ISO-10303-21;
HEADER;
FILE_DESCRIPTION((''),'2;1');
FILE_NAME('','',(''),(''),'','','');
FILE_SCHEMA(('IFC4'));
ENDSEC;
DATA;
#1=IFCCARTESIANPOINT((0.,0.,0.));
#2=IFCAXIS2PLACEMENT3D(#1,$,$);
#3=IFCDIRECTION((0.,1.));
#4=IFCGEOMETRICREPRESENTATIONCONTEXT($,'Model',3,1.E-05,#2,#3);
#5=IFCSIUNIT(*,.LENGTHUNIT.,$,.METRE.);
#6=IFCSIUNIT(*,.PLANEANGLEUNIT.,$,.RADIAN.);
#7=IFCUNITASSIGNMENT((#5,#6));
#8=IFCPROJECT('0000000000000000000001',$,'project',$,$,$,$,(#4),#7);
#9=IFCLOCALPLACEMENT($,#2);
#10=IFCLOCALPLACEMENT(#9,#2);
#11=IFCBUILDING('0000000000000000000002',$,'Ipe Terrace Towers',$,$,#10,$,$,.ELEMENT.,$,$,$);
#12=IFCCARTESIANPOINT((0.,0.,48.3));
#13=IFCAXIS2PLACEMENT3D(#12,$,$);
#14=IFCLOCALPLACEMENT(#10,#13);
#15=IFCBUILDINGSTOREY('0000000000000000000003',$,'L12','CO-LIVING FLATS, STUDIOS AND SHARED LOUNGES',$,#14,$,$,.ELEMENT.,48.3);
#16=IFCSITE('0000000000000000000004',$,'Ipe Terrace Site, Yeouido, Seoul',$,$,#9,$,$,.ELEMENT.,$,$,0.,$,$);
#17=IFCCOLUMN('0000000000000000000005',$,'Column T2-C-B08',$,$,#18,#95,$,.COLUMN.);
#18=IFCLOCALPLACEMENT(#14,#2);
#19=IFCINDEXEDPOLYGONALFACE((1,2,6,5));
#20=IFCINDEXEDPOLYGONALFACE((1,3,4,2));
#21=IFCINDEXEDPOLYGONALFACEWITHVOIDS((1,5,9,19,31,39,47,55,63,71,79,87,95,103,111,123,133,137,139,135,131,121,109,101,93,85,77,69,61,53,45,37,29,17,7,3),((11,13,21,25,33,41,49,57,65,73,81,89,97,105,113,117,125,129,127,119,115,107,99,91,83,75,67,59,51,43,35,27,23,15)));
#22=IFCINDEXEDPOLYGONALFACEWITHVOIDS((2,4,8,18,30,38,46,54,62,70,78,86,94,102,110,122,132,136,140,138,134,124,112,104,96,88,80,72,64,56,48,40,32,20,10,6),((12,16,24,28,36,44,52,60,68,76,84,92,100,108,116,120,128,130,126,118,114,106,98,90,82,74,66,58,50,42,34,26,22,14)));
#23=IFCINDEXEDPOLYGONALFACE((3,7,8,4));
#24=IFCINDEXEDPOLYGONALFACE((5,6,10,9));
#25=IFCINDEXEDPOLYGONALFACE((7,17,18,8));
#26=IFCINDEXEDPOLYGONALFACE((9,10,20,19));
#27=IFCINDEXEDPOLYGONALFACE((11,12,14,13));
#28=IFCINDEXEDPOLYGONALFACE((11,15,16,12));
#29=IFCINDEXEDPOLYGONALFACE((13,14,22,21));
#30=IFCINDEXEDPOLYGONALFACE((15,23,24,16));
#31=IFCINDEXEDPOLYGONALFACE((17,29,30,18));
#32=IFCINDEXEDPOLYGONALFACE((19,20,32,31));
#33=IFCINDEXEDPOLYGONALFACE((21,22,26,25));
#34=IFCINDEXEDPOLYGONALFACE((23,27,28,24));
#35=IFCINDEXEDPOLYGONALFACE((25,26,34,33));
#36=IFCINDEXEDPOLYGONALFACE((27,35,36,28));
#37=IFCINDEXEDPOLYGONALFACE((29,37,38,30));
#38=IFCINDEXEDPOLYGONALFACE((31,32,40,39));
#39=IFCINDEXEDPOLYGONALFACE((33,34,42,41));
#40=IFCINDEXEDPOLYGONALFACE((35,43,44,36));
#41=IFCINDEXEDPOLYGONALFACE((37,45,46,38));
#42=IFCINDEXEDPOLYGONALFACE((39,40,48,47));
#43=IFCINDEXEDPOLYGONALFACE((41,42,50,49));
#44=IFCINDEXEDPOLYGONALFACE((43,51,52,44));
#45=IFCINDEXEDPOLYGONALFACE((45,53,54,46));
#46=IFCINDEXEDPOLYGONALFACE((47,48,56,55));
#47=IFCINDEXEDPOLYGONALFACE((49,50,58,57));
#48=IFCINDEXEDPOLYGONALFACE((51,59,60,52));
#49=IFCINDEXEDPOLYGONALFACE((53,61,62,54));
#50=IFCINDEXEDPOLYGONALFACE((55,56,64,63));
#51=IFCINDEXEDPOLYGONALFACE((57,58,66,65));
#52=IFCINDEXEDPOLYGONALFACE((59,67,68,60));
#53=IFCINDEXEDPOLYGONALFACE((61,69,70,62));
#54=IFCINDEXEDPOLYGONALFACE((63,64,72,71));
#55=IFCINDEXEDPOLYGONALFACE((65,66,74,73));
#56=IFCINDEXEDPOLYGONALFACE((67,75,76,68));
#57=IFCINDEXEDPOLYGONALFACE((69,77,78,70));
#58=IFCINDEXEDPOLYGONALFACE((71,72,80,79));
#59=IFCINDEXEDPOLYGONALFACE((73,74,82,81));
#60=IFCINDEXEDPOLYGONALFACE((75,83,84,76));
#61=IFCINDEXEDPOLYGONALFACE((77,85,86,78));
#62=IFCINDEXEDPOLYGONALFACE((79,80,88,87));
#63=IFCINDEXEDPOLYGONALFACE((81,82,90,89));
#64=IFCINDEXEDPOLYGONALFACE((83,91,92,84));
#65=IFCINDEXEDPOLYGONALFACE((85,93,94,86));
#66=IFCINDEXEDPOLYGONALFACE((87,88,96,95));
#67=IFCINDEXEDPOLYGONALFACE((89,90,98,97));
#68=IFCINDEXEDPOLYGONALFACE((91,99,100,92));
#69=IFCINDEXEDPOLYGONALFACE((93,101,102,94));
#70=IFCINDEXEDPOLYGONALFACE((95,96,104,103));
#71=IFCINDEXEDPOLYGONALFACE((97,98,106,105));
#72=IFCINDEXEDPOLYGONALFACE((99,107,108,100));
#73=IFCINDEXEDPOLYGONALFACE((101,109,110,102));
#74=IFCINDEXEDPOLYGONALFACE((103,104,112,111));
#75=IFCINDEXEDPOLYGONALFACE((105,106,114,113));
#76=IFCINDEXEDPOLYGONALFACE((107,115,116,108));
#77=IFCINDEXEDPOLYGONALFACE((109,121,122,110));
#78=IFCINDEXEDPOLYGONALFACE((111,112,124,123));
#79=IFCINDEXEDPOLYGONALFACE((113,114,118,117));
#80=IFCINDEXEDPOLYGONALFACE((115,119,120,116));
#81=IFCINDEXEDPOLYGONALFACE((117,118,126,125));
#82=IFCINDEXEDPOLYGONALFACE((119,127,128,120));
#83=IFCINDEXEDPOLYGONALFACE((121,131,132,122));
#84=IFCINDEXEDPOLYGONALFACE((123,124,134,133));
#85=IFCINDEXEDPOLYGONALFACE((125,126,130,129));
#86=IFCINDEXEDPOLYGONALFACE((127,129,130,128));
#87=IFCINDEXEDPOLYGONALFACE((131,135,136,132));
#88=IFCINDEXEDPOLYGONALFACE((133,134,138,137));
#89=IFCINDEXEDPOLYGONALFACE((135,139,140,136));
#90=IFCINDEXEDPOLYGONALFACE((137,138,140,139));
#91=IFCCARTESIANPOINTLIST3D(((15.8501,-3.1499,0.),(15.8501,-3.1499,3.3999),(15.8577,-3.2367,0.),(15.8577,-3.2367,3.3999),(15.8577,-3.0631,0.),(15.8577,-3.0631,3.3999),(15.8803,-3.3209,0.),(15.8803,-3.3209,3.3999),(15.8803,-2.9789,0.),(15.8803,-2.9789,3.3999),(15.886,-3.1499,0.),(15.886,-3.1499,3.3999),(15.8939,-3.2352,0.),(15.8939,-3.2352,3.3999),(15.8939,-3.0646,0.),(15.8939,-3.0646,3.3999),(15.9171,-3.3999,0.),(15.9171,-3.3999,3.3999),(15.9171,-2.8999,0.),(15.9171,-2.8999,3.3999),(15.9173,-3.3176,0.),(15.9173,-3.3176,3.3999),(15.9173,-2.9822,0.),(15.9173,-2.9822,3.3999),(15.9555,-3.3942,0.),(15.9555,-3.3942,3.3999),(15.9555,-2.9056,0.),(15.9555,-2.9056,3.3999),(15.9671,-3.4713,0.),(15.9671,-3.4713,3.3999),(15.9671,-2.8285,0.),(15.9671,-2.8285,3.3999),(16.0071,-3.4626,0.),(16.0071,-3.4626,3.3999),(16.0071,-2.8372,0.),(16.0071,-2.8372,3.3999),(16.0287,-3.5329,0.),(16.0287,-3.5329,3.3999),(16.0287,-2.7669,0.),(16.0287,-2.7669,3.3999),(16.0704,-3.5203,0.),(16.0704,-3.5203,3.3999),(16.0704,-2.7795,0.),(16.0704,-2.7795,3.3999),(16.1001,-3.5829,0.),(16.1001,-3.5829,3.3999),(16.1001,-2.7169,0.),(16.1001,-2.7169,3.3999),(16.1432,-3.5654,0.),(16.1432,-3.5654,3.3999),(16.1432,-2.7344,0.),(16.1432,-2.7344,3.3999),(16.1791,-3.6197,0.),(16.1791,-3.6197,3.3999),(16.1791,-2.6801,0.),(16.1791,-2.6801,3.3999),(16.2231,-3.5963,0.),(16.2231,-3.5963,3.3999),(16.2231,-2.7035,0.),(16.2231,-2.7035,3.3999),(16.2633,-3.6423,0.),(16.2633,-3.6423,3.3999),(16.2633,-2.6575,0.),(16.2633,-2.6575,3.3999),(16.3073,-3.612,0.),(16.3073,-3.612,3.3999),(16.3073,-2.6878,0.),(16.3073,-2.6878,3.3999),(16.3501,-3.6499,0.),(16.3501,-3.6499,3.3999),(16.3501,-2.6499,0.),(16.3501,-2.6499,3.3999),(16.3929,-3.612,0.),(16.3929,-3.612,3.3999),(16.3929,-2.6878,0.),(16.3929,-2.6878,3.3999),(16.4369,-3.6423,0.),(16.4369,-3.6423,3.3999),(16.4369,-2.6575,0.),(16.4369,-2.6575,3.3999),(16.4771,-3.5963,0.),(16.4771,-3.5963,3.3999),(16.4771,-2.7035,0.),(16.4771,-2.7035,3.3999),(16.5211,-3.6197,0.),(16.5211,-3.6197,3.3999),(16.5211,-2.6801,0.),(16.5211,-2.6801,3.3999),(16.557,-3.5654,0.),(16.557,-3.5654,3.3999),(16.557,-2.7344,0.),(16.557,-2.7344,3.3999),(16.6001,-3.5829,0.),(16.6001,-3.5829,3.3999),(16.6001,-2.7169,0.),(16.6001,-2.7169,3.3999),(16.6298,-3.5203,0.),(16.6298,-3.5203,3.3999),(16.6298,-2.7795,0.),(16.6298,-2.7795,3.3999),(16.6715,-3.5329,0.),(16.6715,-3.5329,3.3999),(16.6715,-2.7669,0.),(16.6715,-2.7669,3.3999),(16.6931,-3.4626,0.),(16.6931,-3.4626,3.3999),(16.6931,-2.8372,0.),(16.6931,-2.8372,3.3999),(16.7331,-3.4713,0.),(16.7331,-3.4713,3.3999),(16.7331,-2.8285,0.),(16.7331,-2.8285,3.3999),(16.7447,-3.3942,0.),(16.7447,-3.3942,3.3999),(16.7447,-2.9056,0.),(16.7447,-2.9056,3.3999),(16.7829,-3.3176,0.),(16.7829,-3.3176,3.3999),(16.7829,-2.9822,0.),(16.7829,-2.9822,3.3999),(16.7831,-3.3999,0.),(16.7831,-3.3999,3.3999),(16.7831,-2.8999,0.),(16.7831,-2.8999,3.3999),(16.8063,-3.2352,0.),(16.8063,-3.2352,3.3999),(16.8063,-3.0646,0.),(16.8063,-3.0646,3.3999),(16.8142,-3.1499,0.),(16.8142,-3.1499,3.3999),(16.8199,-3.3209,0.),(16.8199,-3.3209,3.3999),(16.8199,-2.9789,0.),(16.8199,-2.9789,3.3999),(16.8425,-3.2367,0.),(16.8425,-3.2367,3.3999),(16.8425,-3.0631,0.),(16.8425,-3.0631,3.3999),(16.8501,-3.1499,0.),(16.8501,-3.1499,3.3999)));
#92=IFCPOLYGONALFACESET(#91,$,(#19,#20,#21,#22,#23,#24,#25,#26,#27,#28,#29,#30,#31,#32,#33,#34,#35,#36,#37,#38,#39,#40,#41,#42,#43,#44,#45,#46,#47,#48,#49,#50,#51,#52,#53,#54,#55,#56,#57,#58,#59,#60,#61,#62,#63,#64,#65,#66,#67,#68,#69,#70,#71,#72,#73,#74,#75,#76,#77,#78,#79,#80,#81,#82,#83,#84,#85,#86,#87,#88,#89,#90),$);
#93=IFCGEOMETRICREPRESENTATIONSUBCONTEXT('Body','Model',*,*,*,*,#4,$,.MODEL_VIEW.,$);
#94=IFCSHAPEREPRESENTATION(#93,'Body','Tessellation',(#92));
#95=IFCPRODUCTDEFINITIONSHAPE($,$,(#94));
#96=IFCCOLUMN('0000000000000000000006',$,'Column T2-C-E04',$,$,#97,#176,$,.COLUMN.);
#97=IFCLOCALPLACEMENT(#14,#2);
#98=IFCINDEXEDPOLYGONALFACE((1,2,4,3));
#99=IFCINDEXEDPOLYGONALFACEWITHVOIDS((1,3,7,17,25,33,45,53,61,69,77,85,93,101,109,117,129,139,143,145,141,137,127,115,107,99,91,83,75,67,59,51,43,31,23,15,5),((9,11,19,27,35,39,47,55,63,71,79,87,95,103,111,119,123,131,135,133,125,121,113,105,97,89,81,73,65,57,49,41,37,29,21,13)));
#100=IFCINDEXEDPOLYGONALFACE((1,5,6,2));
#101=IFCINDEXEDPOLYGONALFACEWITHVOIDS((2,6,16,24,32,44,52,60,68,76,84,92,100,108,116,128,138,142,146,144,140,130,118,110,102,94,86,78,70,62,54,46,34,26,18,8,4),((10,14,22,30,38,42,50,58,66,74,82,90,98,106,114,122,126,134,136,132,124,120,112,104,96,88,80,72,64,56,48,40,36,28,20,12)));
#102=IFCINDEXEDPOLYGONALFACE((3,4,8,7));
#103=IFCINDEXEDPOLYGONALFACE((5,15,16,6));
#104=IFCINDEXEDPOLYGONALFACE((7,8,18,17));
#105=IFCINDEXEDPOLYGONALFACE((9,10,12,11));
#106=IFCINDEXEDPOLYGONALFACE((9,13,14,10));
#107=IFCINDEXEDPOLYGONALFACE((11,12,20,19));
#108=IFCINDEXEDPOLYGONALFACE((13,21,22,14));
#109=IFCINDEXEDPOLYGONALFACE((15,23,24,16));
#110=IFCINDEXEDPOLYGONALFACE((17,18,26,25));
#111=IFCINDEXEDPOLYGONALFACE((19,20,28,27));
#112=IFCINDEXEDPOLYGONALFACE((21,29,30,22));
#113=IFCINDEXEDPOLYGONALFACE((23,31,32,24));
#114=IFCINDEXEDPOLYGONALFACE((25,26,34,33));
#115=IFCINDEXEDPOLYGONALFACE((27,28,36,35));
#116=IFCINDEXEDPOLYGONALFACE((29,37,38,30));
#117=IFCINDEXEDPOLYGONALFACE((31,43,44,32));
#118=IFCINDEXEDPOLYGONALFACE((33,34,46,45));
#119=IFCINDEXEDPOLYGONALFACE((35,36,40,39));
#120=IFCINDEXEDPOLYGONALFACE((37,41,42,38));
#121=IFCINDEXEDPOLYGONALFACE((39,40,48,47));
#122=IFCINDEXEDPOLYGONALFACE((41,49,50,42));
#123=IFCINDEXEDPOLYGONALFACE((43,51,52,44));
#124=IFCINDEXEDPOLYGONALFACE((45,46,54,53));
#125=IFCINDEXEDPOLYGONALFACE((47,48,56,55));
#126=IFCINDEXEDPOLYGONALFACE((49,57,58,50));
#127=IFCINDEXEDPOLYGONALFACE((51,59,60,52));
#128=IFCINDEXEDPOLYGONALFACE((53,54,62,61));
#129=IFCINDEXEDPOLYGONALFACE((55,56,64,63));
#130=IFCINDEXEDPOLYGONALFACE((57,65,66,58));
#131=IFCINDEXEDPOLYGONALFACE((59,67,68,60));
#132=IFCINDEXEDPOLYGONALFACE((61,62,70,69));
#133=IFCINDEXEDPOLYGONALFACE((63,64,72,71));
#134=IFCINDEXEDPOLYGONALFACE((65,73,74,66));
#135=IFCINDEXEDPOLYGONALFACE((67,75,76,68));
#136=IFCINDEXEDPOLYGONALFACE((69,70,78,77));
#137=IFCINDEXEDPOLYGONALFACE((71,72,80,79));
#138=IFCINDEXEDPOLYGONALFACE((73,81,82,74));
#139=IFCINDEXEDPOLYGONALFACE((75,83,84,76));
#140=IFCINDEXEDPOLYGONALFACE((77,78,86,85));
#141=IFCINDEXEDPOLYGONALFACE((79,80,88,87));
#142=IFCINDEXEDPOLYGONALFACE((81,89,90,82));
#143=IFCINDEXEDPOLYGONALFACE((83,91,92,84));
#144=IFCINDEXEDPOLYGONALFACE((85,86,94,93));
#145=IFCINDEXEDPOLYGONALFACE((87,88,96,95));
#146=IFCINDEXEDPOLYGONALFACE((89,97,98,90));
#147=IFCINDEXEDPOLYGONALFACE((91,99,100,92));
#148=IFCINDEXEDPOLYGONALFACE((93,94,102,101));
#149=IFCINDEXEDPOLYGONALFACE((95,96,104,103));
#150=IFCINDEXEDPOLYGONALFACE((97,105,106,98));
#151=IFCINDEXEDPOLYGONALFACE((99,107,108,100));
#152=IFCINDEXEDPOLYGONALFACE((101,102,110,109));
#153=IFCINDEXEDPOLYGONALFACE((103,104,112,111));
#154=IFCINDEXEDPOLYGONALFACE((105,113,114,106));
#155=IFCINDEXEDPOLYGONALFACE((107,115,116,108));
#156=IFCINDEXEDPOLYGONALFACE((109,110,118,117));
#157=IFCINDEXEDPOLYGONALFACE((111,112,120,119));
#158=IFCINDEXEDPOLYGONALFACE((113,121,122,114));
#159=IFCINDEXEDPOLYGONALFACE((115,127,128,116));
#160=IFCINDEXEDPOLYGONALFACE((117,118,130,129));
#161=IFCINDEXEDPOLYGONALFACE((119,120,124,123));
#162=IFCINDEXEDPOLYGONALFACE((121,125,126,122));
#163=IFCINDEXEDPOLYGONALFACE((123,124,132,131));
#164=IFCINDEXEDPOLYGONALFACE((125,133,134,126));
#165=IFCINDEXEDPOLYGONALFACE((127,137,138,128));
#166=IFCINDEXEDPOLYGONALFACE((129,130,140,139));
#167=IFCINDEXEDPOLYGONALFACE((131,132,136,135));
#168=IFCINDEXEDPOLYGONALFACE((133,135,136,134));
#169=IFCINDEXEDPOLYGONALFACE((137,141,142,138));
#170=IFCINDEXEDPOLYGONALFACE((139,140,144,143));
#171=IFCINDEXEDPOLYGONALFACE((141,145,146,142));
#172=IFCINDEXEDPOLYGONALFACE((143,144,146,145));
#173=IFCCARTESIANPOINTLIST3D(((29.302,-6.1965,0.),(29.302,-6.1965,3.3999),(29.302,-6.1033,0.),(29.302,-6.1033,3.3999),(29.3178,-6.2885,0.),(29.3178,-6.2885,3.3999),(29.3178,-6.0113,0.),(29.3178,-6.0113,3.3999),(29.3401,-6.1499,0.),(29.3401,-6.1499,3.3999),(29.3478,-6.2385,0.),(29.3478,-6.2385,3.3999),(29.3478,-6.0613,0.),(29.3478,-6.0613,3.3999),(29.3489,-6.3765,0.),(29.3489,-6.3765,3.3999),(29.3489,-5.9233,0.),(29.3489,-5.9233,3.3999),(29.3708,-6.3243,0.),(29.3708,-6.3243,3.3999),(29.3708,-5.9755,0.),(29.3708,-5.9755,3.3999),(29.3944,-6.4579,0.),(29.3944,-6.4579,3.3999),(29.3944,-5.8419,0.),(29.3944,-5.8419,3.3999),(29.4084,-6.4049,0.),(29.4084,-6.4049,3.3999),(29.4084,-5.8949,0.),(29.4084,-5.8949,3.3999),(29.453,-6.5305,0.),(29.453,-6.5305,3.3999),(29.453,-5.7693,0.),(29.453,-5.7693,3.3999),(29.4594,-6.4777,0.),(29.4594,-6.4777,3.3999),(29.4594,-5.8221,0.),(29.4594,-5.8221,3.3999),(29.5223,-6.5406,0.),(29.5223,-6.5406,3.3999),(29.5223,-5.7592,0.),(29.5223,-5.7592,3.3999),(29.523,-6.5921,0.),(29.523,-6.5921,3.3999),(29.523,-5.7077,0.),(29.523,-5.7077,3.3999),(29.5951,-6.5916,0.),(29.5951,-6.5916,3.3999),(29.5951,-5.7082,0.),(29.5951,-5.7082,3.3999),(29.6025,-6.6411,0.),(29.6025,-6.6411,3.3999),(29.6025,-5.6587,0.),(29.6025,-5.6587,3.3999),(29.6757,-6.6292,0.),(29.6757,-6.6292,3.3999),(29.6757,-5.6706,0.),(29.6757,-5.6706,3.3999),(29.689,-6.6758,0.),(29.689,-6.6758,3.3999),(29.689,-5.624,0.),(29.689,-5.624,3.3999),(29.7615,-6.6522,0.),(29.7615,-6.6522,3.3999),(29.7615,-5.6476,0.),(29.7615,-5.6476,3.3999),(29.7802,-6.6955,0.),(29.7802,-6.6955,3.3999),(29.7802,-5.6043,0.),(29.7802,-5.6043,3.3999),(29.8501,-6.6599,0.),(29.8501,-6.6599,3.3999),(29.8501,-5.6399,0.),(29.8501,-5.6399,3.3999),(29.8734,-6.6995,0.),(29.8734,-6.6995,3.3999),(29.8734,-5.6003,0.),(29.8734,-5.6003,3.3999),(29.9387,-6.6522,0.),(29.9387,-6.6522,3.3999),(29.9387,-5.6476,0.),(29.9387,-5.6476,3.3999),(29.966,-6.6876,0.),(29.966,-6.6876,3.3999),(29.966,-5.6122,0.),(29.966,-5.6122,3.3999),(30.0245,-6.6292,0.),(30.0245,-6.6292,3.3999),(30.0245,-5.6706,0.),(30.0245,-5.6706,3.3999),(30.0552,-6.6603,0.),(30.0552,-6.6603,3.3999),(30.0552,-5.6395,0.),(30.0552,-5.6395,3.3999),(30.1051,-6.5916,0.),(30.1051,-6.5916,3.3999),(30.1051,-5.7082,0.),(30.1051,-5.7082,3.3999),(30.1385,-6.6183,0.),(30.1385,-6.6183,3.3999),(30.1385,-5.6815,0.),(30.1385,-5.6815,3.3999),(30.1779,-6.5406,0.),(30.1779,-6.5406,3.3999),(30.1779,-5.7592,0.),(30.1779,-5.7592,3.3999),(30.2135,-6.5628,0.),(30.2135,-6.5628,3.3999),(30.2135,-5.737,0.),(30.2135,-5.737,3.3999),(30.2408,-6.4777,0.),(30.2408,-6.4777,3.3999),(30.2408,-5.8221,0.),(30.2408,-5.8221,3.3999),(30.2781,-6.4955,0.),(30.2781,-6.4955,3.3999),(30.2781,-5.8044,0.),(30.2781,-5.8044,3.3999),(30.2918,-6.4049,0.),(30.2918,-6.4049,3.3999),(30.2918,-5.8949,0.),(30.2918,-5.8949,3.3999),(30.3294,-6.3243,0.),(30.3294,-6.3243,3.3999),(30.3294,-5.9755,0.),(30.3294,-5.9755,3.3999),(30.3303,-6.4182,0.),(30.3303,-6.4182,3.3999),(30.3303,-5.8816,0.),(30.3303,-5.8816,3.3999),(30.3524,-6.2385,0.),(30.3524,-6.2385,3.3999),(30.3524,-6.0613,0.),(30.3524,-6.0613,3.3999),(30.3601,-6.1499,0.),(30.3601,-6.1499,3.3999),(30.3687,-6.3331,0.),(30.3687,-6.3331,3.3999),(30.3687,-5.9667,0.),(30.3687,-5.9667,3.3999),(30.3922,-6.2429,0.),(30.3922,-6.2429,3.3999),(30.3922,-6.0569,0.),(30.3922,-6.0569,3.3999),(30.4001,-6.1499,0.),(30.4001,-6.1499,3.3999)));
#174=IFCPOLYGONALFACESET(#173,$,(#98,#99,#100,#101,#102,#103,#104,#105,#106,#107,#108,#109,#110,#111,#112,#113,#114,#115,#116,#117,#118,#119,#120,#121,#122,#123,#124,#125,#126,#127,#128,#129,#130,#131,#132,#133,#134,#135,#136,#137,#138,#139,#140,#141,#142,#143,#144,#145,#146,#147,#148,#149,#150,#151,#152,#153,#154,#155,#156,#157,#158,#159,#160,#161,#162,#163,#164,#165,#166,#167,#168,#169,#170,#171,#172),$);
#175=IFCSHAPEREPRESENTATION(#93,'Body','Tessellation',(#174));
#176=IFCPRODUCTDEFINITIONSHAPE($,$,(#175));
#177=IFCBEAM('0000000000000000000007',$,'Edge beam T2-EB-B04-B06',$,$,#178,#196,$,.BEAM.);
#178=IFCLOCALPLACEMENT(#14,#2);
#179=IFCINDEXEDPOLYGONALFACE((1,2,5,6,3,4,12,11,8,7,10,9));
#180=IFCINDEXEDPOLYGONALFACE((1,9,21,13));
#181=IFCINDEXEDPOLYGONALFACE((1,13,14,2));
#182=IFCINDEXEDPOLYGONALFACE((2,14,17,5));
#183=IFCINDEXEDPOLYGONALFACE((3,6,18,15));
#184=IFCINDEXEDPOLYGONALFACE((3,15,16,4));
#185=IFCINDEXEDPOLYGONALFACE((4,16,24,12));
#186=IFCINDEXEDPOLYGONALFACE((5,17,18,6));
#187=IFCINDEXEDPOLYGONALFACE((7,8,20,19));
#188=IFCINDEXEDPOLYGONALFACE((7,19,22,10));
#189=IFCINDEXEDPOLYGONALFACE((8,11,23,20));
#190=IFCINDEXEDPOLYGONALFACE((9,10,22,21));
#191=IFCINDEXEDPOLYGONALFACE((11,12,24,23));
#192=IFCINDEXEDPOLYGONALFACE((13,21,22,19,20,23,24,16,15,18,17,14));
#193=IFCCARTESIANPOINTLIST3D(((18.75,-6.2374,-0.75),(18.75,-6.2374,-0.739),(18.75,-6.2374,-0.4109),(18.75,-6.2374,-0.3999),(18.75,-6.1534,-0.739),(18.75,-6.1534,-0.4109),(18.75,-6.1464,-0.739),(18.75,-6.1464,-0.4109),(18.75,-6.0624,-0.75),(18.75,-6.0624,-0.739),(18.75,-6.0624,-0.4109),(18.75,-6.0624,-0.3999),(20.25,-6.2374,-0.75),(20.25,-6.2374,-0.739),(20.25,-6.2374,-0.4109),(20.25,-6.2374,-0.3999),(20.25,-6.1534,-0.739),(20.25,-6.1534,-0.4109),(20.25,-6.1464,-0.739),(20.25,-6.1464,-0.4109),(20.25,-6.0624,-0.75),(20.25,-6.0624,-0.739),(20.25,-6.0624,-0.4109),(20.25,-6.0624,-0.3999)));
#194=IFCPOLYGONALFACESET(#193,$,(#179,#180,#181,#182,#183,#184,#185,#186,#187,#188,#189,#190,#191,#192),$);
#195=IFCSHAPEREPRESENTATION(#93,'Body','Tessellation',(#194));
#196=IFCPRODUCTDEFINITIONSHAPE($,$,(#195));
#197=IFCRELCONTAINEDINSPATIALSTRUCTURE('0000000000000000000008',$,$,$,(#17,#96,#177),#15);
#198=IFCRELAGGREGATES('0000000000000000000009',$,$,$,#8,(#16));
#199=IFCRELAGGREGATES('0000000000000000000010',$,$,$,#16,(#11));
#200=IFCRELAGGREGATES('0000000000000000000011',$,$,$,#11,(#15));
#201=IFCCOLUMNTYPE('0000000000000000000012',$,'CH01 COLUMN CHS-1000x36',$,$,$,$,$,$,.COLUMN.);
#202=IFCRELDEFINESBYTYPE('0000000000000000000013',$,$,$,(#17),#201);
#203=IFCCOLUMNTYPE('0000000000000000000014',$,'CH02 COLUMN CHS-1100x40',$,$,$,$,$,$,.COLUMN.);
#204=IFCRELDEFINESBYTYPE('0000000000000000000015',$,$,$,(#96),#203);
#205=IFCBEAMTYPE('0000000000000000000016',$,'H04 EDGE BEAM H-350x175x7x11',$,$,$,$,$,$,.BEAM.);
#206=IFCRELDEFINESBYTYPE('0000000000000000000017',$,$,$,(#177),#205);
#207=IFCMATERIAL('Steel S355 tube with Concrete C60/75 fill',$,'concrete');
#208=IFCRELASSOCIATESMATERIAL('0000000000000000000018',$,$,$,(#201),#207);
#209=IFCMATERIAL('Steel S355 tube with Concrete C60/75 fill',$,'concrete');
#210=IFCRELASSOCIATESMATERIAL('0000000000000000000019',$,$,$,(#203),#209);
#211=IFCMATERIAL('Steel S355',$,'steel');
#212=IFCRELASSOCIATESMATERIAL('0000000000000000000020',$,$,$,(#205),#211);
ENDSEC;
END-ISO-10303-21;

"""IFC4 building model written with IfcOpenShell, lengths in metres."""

from ifc_helpers import new_model, si_unit, direction, frame, origin, origin_2d, place, context, subcontext, project, spatial, hollow_circle, i_section, extrude, material, material_profile, profile_set, type_object, element, save


model = new_model("IFC4")

# Units and contexts
model_context = context("Model", 3, precision=1e-05, world=origin(), true_north=direction((0.0, 1.0)))
body_context = subcontext(model_context, "Body", "Model", "MODEL_VIEW")
ifc_project = project(units=[si_unit("LENGTHUNIT", "METRE"), si_unit("PLANEANGLEUNIT", "RADIAN")], contexts=[model_context])

# Site, building, storey
site_placement = place(None, origin())
site = spatial("IfcSite", under=ifc_project, at=site_placement, Name="Ipe Terrace Site, Yeouido, Seoul", CompositionType="ELEMENT", RefElevation=0.0)
building_placement = place(site_placement, origin())
building = spatial("IfcBuilding", under=site, at=building_placement, Name="Ipe Terrace Towers", CompositionType="ELEMENT")
storey_placement = place(building_placement, frame((0.0, 0.0, 48.3)))
storey = spatial("IfcBuildingStorey", under=building, at=storey_placement, Name="L12", Description="CO-LIVING FLATS, STUDIOS AND SHARED LOUNGES", CompositionType="ELEMENT", Elevation=48.3)

# Columns
ifc_material_1 = material(Name="Steel S355 tube with Concrete C60/75 fill", Category="concrete")
ifc_material_profile_1 = material_profile(ifc_material_1, hollow_circle(Radius=0.5, WallThickness=0.0359, at=origin_2d()), Name="CHS-1000x36")
ifc_profile_set_1 = profile_set([ifc_material_profile_1], Name="Steel S355 tube with Concrete C60/75 fill")
column_type_1 = type_object("IfcColumnType", Name="CH01 COLUMN CHS-1000x36", PredefinedType="COLUMN", material=ifc_profile_set_1)
for number, where, z_axis, x_axis, name in (
    (1, (16.3501, -3.1499, 0.0), (0.0, 0.0, 1.0), (1.0, 0.0, 0.0), "Column T2-C-B08"),
):
    element("IfcColumn", number, at=place(storey_placement, frame(where, z_axis=z_axis, x_axis=x_axis)), inside=storey, type_object=column_type_1, Name=name, PredefinedType="COLUMN", context=body_context, shape_type="SweptSolid", body=[
        extrude(hollow_circle(Radius=0.5, WallThickness=0.0359, at=origin_2d()), origin(), (0.0, 0.0, 1.0), 3.3999),
    ])
ifc_material_2 = material(Name="Steel S355 tube with Concrete C60/75 fill", Category="concrete")
ifc_material_profile_2 = material_profile(ifc_material_2, hollow_circle(Radius=0.55, WallThickness=0.04, at=origin_2d()), Name="CHS-1100x40")
ifc_profile_set_2 = profile_set([ifc_material_profile_2], Name="Steel S355 tube with Concrete C60/75 fill")
column_type_2 = type_object("IfcColumnType", Name="CH02 COLUMN CHS-1100x40", PredefinedType="COLUMN", material=ifc_profile_set_2)
column_placement = place(storey_placement, frame((29.8501, -6.1499, 0.0), z_axis=(0.0, 0.0, 1.0), x_axis=(1.0, 0.0, 0.0)))
element("IfcColumn", 2, at=column_placement, inside=storey, type_object=column_type_2, Name="Column T2-C-E04", PredefinedType="COLUMN", context=body_context, shape_type="SweptSolid", body=[
    extrude(hollow_circle(Radius=0.55, WallThickness=0.04, at=origin_2d()), origin(), (0.0, 0.0, 1.0), 3.3999),
])

# Beam
ifc_material_3 = material(Name="Steel S355", Category="steel")
ifc_material_profile_3 = material_profile(ifc_material_3, i_section(OverallWidth=0.175, OverallDepth=0.3501, WebThickness=0.0071, FlangeThickness=0.011, at=origin_2d()), Name="H-350x175x7x11")
ifc_profile_set_3 = profile_set([ifc_material_profile_3], Name="Steel S355")
beam_type = type_object("IfcBeamType", Name="H04 EDGE BEAM H-350x175x7x11", PredefinedType="BEAM", material=ifc_profile_set_3)
beam_placement = place(storey_placement, frame((20.25, -6.1499, -0.575), z_axis=(-1.0, 0.0, 0.0), x_axis=(0.0, -1.0, 0.0)))
element("IfcBeam", 3, at=beam_placement, inside=storey, type_object=beam_type, Name="Edge beam T2-EB-B04-B06", PredefinedType="BEAM", context=body_context, shape_type="SweptSolid", body=[
    extrude(i_section(OverallWidth=0.175, OverallDepth=0.3501, WebThickness=0.0071, FlangeThickness=0.011, at=origin_2d()), origin(), (0.0, 0.0, 1.0), 1.5),
])

save(model, "model.ifc")
